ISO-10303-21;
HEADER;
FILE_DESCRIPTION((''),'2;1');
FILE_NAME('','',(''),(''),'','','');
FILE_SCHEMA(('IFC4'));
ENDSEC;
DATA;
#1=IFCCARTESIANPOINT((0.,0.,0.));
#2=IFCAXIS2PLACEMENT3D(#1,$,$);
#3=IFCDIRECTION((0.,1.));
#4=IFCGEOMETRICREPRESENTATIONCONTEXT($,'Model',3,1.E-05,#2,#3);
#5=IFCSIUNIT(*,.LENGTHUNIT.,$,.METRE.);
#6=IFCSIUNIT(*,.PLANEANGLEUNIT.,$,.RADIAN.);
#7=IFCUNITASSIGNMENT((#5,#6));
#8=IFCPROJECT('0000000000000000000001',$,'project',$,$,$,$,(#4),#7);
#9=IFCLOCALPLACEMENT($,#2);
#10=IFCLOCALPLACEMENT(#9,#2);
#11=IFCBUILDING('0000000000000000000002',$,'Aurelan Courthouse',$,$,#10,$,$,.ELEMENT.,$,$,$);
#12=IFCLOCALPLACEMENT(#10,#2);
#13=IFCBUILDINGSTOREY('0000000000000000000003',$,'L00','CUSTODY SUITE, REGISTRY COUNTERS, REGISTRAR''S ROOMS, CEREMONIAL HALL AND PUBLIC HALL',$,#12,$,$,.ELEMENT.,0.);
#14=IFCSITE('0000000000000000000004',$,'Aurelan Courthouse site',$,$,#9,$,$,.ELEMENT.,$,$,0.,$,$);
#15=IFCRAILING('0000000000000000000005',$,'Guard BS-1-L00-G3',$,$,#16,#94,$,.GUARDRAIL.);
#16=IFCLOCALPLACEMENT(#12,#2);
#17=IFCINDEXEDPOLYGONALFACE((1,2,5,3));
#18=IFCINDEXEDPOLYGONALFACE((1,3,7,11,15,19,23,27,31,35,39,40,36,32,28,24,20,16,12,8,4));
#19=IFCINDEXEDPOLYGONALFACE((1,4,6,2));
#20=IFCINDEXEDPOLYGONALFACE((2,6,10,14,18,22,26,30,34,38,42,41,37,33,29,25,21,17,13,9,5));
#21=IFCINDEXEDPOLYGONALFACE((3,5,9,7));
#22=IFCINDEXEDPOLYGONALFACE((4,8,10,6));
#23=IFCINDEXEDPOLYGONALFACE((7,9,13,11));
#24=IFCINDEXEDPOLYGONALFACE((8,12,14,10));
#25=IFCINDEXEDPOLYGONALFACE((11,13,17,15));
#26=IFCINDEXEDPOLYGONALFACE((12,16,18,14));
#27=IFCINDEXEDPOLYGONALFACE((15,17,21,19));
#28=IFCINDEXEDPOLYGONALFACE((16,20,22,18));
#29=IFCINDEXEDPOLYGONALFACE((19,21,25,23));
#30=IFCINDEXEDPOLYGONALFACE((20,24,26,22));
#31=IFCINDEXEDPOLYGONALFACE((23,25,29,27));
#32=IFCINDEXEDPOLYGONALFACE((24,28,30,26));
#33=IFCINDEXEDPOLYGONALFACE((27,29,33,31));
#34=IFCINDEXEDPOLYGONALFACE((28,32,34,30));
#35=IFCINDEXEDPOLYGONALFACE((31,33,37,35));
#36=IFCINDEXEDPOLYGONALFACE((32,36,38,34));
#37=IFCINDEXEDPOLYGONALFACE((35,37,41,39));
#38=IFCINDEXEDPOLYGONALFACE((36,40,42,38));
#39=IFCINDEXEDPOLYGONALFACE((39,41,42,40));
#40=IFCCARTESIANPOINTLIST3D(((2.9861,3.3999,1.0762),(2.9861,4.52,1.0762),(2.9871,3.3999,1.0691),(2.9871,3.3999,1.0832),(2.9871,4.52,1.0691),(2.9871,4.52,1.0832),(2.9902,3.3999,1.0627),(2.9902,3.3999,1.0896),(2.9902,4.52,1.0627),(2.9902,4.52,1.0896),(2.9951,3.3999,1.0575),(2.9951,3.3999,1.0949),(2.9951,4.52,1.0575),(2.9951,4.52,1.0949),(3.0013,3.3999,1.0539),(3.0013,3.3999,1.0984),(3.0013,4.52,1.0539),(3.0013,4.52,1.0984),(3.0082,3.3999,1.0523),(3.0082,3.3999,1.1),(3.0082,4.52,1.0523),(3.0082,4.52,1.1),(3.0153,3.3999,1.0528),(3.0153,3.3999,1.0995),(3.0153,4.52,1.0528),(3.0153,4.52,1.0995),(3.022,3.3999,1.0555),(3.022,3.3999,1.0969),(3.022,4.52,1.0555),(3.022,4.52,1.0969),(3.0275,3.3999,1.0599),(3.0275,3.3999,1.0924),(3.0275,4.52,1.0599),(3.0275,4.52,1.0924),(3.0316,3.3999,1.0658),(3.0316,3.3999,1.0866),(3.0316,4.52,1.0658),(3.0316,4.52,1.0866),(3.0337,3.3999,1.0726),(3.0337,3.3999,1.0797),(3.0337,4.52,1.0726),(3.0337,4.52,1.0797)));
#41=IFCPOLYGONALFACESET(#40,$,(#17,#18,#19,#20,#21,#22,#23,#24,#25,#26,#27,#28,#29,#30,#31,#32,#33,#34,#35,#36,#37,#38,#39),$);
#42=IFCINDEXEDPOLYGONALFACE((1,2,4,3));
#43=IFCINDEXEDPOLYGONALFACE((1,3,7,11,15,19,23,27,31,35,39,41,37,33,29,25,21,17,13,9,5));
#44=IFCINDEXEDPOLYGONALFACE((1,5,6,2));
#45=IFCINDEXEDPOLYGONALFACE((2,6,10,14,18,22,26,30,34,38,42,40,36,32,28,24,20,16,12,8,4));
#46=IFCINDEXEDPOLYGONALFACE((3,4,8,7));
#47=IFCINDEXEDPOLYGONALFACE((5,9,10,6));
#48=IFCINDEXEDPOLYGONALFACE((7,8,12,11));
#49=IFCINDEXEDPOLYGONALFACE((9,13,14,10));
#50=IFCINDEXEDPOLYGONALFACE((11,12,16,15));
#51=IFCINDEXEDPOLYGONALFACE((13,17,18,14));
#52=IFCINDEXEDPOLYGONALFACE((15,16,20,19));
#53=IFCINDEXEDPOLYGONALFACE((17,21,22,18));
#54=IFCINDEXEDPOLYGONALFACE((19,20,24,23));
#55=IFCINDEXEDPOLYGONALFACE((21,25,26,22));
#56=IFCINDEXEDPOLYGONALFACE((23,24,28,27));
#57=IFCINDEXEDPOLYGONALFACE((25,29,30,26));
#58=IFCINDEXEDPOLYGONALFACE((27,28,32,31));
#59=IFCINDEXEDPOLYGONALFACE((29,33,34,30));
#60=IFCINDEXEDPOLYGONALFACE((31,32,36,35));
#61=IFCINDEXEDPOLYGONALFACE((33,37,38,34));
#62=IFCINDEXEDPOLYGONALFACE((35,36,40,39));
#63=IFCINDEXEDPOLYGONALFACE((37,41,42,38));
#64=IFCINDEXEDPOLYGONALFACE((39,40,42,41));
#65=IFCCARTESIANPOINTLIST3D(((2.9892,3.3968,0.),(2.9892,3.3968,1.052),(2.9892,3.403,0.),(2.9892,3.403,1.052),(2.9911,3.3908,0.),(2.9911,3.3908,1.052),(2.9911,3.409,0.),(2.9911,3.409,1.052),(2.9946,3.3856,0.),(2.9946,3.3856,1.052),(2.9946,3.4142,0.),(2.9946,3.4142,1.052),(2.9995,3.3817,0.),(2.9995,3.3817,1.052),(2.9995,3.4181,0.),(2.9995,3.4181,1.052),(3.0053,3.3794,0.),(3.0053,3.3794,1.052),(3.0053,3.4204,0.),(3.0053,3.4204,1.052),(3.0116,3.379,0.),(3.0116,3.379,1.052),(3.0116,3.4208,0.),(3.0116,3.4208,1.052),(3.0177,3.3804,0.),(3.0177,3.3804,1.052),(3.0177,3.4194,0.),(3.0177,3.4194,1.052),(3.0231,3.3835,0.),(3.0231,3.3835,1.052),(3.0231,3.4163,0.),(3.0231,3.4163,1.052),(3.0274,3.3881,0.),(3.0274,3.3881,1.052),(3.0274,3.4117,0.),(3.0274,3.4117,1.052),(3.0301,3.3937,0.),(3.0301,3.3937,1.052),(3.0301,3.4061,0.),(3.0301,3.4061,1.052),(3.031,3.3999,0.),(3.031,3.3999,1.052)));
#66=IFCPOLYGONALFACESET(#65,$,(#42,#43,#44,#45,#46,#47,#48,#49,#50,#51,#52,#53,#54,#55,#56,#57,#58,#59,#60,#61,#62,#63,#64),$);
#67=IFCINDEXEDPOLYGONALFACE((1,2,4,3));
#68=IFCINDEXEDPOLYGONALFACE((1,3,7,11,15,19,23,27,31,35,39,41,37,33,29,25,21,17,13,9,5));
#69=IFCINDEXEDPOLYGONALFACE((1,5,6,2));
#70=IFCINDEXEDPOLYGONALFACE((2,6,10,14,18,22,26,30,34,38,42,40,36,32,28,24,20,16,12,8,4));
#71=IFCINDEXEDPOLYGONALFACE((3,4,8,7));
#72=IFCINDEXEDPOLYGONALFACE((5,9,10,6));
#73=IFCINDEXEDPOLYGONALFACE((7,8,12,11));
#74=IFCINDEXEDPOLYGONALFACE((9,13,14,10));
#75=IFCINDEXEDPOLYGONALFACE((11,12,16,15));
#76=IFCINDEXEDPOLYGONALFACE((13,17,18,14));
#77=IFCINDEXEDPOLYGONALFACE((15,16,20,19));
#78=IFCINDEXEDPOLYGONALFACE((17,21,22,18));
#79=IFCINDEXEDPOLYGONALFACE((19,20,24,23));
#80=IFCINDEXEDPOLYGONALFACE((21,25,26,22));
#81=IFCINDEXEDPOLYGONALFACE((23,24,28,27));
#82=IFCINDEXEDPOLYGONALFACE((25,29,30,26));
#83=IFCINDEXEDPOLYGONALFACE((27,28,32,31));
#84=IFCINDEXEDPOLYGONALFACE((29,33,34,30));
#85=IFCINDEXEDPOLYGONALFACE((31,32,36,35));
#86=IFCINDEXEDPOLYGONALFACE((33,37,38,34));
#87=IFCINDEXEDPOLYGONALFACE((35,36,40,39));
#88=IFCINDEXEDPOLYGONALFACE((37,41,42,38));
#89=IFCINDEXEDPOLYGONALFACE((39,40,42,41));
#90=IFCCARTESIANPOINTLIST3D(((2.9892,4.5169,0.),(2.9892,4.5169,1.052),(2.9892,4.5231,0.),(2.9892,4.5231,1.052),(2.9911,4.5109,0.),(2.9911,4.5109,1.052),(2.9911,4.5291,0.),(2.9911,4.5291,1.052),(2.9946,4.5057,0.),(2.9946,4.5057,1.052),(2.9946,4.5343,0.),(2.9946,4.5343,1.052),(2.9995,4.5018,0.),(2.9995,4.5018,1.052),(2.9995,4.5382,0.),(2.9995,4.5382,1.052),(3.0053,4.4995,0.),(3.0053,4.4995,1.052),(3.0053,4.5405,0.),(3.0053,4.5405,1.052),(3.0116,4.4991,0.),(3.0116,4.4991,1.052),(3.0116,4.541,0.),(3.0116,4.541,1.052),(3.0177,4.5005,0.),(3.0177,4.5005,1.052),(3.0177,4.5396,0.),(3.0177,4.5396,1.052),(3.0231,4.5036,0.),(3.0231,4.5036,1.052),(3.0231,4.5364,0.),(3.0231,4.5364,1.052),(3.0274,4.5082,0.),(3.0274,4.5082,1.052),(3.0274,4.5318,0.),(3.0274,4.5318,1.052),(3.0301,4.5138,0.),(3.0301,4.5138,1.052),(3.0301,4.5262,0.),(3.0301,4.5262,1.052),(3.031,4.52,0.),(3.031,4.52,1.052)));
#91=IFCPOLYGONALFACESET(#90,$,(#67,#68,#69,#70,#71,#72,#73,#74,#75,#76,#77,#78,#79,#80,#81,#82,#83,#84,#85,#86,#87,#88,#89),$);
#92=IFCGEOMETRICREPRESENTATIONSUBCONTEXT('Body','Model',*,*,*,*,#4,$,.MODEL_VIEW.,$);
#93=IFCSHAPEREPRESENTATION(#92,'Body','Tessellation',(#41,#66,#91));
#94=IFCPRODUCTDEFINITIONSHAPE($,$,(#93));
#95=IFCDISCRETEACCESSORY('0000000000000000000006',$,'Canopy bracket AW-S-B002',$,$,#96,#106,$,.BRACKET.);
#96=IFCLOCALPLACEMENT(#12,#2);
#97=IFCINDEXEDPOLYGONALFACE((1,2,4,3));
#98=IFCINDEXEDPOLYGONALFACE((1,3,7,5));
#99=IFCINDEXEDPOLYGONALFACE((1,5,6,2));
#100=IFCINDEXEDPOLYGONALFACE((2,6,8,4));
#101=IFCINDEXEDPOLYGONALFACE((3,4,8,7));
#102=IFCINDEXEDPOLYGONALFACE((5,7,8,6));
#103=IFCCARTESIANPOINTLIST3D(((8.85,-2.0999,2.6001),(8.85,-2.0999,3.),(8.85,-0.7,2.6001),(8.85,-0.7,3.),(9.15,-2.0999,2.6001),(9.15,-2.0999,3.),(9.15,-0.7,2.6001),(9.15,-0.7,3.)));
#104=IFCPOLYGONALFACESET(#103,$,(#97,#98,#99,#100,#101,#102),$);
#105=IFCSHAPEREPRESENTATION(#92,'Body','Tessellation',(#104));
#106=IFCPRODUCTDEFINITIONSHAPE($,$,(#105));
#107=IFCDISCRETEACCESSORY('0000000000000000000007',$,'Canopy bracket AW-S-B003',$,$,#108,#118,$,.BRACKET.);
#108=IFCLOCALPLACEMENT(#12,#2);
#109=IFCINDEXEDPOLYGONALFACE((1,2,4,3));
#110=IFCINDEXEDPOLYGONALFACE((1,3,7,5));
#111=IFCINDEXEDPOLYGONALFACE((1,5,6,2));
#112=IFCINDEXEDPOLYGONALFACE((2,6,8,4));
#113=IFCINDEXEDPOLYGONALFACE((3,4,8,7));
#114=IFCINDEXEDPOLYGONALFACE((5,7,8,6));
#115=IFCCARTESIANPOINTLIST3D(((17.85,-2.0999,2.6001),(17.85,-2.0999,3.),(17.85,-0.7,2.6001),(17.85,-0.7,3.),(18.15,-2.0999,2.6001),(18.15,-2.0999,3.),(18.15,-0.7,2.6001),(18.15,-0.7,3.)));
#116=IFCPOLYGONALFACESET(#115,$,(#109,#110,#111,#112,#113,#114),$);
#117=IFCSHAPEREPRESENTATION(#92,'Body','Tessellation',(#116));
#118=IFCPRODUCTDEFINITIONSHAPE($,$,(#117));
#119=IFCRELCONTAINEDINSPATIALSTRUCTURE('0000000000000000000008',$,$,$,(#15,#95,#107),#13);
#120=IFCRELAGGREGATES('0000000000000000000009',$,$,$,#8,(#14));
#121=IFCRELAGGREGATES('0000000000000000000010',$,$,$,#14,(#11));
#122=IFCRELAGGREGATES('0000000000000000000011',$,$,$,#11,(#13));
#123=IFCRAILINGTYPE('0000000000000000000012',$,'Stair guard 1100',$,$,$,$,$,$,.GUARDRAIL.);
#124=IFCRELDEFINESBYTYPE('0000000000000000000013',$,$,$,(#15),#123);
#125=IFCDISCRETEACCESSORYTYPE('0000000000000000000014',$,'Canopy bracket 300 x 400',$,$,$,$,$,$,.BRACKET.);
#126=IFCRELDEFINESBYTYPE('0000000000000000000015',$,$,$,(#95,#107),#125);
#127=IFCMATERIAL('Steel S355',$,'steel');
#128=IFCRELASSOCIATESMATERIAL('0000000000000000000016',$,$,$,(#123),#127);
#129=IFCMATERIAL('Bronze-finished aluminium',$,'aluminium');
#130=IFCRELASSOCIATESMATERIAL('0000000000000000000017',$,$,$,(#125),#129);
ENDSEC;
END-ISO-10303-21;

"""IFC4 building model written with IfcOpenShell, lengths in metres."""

from ifc_helpers import new_model, si_unit, direction, frame, origin, origin_2d, place, context, subcontext, project, spatial, rectangle, circle, extrude, material, type_object, element, save


model = new_model("IFC4")

# Units and contexts
model_context = context("Model", 3, precision=1e-05, world=origin(), true_north=direction((0.0, 1.0)))
body_context = subcontext(model_context, "Body", "Model", "MODEL_VIEW")
ifc_project = project(units=[si_unit("LENGTHUNIT", "METRE"), si_unit("PLANEANGLEUNIT", "RADIAN")], contexts=[model_context])

# Site, building, storey
site_placement = place(None, origin())
site = spatial("IfcSite", under=ifc_project, at=site_placement, Name="Aurelan Courthouse site", CompositionType="ELEMENT", RefElevation=0.0)
building_placement = place(site_placement, origin())
building = spatial("IfcBuilding", under=site, at=building_placement, Name="Aurelan Courthouse", CompositionType="ELEMENT")
storey_placement = place(building_placement, origin())
storey = spatial("IfcBuildingStorey", under=building, at=storey_placement, Name="L00", Description="CUSTODY SUITE, REGISTRY COUNTERS, REGISTRAR'S ROOMS, CEREMONIAL HALL AND PUBLIC HALL", CompositionType="ELEMENT", Elevation=0.0)

# Railing
ifc_material_1 = material(Name="Steel S355", Category="steel")
railing_type = type_object("IfcRailingType", Name="Stair guard 1100", PredefinedType="GUARDRAIL", material=ifc_material_1)
railing_1_placement = place(storey_placement, frame((3.01, 3.3999, 0.0)))
element("IfcRailing", 1, at=railing_1_placement, inside=storey, type_object=railing_type, Name="Guard BS-1-L00-G3", PredefinedType="GUARDRAIL", context=body_context, shape_type="SweptSolid", body=[
    extrude(circle(Radius=0.0239, at=origin_2d()), frame((0.0, 0.0, 1.0762), z_axis=(0.0, 1.0, 0.0), x_axis=(-1.0, 0.0, 0.0)), (0.0, 0.0, 1.0), 1.1201),
    extrude(circle(Radius=0.021, at=origin_2d()), origin(), (0.0, 0.0, 1.0), 1.052),
    extrude(circle(Radius=0.021, at=origin_2d()), frame((0.0, 1.1201, 0.0)), (0.0, 0.0, 1.0), 1.052),
])

# Discrete accessories
ifc_material_2 = material(Name="Bronze-finished aluminium", Category="aluminium")
discrete_accessory_type = type_object("IfcDiscreteAccessoryType", Name="Canopy bracket 300 x 400", PredefinedType="BRACKET", material=ifc_material_2)
for number, where, z_axis, x_axis, name in (
    (2, (9.0, -1.3999, 2.6001), (0.0, 0.0, 1.0), (1.0, 0.0, 0.0), "Canopy bracket AW-S-B002"),
    (3, (18.0, -1.3999, 2.6001), (0.0, 0.0, 1.0), (1.0, 0.0, 0.0), "Canopy bracket AW-S-B003"),
):
    element("IfcDiscreteAccessory", number, at=place(storey_placement, frame(where, z_axis=z_axis, x_axis=x_axis)), inside=storey, type_object=discrete_accessory_type, Name=name, PredefinedType="BRACKET", context=body_context, shape_type="SweptSolid", body=[
        extrude(rectangle(XDim=0.3, YDim=1.3999, at=origin_2d()), origin(), (0.0, 0.0, 1.0), 0.3999),
    ])

save(model, "model.ifc")
